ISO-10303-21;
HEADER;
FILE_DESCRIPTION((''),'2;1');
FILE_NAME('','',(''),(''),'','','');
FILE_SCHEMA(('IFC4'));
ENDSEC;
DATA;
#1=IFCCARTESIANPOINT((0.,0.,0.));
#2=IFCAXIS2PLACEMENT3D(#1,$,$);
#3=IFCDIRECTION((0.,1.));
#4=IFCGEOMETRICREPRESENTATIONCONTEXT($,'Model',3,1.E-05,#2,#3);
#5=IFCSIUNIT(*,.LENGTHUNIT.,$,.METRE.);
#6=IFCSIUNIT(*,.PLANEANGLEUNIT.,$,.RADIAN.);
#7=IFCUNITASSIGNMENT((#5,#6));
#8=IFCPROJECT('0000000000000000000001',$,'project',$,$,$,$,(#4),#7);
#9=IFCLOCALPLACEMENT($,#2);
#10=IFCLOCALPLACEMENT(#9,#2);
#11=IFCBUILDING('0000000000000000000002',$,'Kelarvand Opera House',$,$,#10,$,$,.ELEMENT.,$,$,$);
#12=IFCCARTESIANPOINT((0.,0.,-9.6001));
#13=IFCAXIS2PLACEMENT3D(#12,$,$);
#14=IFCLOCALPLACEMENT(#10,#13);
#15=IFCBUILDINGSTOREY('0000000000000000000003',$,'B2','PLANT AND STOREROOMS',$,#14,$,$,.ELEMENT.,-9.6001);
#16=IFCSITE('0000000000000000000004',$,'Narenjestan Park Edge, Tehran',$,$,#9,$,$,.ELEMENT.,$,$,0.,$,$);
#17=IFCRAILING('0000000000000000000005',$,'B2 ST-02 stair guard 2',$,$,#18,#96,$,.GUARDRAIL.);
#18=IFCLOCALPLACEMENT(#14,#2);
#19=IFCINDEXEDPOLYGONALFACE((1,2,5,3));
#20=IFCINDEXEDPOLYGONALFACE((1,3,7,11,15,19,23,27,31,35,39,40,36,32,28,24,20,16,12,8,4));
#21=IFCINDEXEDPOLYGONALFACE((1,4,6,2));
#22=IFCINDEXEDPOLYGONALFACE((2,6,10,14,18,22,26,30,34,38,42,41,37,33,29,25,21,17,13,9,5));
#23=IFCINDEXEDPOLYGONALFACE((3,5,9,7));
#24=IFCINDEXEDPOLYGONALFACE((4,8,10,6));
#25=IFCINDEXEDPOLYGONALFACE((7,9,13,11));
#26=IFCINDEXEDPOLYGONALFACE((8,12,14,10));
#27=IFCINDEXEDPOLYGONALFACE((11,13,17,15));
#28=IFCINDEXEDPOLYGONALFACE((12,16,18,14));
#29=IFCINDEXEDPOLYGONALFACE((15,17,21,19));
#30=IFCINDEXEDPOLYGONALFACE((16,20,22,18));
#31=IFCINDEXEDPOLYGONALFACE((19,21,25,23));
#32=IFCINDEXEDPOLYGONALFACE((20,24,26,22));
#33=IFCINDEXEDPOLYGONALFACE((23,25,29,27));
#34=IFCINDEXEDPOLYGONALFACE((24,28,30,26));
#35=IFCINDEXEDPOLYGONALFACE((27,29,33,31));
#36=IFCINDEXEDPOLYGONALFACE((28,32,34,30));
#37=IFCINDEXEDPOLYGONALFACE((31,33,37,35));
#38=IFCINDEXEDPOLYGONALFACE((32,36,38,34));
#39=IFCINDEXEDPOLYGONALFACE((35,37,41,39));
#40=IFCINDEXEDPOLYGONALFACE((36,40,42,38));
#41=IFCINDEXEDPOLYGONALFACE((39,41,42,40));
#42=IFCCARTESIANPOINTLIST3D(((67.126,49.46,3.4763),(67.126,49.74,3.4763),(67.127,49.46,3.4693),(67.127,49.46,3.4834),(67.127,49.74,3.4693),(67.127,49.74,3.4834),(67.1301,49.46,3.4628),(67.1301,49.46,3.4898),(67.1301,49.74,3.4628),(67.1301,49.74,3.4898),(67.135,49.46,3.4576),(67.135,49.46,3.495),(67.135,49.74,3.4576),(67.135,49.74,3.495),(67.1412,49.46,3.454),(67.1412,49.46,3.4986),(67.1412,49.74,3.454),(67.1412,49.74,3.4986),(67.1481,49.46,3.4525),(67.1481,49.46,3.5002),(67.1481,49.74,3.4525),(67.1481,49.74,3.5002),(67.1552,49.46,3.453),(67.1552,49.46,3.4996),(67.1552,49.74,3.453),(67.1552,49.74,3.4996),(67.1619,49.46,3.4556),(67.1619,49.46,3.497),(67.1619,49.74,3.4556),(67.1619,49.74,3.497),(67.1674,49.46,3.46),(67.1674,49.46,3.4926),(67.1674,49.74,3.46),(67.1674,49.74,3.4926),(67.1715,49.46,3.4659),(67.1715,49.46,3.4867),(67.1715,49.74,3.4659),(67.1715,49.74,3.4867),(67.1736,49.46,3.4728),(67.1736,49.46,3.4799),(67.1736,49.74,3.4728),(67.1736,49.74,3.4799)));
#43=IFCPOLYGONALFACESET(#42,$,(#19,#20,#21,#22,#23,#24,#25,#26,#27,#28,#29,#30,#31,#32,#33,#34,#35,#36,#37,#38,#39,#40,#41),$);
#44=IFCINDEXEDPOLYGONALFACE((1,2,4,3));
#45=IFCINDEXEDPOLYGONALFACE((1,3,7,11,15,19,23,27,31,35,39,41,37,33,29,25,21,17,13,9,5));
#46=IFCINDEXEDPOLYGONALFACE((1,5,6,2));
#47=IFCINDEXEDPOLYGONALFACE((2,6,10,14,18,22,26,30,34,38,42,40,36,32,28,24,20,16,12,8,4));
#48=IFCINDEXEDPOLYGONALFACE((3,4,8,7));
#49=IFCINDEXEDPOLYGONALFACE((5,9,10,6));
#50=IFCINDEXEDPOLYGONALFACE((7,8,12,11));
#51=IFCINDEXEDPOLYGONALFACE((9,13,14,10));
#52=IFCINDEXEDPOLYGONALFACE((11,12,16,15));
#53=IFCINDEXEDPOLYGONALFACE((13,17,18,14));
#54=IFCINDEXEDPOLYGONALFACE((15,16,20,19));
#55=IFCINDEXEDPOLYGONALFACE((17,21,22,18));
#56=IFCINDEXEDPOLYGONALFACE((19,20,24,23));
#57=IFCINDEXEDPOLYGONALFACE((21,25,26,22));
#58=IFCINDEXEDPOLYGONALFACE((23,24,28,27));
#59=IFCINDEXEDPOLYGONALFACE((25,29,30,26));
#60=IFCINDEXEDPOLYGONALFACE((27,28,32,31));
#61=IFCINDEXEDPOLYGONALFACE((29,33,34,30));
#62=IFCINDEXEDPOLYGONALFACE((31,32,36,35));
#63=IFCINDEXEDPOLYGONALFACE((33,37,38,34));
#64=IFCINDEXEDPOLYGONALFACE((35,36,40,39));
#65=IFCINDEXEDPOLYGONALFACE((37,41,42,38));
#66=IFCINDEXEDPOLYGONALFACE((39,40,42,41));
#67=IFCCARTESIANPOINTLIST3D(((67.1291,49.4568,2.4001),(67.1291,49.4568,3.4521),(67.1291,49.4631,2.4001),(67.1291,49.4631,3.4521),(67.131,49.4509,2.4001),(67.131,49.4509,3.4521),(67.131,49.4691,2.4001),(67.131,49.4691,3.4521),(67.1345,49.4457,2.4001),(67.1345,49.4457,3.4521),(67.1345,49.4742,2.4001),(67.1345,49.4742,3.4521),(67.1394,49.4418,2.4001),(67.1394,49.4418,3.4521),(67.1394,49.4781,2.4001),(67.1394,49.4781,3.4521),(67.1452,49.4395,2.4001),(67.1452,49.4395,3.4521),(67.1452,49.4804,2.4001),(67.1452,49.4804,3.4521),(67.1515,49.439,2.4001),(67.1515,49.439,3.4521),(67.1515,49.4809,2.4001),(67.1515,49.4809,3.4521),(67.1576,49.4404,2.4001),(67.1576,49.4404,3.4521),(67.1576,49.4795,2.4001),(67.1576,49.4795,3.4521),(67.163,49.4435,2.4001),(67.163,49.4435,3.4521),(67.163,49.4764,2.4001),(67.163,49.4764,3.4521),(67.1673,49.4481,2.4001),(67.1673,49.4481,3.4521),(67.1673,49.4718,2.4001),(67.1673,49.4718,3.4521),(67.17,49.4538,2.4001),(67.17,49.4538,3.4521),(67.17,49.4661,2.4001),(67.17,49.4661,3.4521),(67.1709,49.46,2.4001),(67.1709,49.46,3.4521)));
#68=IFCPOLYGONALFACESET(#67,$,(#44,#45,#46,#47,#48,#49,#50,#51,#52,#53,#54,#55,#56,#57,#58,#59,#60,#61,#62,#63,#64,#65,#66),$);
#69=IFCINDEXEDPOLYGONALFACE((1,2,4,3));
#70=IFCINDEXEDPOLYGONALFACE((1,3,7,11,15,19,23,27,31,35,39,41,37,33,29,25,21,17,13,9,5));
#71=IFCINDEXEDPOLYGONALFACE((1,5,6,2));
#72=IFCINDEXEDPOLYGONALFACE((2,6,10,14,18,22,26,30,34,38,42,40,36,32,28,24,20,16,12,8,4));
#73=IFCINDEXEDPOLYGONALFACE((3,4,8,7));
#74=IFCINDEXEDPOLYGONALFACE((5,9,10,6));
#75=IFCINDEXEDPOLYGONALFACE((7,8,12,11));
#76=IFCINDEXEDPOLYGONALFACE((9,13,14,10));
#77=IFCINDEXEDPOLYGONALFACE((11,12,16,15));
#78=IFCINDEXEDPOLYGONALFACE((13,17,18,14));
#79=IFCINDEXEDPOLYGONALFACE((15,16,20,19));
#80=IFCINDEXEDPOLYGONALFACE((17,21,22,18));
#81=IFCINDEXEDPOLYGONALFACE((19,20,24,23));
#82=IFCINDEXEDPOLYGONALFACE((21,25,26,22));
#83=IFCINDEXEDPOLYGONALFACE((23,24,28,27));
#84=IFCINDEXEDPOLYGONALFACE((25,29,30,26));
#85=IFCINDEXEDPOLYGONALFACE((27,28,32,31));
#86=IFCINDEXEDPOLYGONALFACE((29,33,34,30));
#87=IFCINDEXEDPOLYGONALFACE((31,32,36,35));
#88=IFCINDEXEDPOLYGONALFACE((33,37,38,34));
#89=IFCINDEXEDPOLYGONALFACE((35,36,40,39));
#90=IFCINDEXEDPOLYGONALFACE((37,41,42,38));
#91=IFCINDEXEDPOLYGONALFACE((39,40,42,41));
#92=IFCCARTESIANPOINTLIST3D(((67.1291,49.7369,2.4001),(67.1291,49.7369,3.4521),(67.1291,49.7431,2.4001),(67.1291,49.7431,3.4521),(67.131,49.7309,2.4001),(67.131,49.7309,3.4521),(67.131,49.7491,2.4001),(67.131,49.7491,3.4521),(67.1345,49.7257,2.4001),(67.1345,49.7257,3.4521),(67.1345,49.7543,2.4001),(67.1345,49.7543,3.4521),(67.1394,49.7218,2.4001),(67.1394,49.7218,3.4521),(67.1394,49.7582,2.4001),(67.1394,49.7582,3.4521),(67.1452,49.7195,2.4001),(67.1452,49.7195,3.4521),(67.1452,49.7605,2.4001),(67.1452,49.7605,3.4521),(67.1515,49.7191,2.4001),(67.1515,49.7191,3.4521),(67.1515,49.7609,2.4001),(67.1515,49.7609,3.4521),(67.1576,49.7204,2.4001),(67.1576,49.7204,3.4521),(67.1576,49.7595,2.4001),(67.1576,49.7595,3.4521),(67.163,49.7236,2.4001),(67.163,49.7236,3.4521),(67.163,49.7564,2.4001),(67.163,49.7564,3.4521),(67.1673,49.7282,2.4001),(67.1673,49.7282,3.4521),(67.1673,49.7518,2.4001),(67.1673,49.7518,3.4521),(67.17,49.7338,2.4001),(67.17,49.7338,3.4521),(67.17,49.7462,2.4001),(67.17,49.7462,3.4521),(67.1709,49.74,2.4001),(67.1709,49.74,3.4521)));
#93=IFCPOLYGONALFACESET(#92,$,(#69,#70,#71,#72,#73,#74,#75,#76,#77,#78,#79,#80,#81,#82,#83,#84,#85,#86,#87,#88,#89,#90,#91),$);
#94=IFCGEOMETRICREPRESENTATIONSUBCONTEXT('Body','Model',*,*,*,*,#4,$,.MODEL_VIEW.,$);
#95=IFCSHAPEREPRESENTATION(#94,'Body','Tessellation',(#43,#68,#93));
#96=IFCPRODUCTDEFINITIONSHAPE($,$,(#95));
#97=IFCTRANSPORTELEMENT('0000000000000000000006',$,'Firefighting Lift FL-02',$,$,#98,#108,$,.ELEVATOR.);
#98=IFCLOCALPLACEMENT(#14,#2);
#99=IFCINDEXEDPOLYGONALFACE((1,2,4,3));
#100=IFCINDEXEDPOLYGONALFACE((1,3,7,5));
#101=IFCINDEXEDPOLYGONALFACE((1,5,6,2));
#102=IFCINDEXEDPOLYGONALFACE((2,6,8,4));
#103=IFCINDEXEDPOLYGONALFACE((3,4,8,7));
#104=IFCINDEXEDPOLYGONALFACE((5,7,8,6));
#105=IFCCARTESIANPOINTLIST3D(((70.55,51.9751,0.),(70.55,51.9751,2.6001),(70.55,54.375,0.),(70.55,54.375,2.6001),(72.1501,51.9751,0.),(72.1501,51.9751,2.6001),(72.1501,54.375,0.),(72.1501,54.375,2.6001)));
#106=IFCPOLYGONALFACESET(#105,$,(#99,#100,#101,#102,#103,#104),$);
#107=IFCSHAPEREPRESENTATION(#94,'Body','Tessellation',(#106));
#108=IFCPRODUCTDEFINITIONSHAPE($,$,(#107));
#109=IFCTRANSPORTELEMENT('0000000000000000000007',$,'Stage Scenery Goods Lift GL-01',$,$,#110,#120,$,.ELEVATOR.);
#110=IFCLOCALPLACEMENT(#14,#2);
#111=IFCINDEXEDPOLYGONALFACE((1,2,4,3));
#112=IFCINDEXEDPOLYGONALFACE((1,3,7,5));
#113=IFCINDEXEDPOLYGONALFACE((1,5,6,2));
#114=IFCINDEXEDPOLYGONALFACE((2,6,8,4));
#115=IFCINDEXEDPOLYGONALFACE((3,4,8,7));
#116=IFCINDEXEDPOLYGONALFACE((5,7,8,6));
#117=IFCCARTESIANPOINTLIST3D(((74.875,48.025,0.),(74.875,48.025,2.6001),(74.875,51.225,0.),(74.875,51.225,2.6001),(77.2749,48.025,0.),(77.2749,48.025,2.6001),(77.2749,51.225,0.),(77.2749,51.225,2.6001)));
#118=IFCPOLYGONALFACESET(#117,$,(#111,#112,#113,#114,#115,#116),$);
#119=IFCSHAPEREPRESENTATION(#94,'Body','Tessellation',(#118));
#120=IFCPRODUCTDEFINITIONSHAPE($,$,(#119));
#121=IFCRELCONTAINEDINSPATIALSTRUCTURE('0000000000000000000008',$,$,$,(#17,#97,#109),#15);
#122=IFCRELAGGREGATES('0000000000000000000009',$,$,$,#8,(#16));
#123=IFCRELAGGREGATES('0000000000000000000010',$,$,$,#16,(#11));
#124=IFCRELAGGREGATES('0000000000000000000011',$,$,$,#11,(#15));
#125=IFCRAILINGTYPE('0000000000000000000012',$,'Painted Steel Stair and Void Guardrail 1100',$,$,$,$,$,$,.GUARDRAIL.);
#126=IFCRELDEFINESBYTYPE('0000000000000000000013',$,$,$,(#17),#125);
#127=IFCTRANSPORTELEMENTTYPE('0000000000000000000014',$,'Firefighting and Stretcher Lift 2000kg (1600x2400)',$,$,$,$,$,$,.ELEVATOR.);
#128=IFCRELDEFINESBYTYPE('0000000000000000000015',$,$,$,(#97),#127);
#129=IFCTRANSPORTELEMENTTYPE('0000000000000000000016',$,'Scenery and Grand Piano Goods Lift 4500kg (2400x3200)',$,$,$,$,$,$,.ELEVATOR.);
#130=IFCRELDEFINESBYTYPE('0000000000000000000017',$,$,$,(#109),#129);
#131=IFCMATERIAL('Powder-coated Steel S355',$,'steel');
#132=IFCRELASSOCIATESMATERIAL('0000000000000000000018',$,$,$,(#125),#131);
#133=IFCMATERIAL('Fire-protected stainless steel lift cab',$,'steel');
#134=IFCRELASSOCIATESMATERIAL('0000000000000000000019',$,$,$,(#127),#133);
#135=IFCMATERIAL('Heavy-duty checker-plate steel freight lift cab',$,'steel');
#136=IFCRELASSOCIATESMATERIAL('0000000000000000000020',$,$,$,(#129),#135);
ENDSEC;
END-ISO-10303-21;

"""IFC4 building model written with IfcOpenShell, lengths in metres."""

from ifc_helpers import new_model, si_unit, direction, frame, origin, origin_2d, place, context, subcontext, project, spatial, rectangle, circle, extrude, material, type_object, element, save


model = new_model("IFC4")

# Units and contexts
model_context = context("Model", 3, precision=1e-05, world=origin(), true_north=direction((0.0, 1.0)))
body_context = subcontext(model_context, "Body", "Model", "MODEL_VIEW")
ifc_project = project(units=[si_unit("LENGTHUNIT", "METRE"), si_unit("PLANEANGLEUNIT", "RADIAN")], contexts=[model_context])

# Site, building, storey
site_placement = place(None, origin())
site = spatial("IfcSite", under=ifc_project, at=site_placement, Name="Narenjestan Park Edge, Tehran", CompositionType="ELEMENT", RefElevation=0.0)
building_placement = place(site_placement, origin())
building = spatial("IfcBuilding", under=site, at=building_placement, Name="Kelarvand Opera House", CompositionType="ELEMENT")
storey_placement = place(building_placement, frame((0.0, 0.0, -9.6001)))
storey = spatial("IfcBuildingStorey", under=building, at=storey_placement, Name="B2", Description="PLANT AND STOREROOMS", CompositionType="ELEMENT", Elevation=-9.6001)

# Railing
ifc_material_1 = material(Name="Powder-coated Steel S355", Category="steel")
railing_type = type_object("IfcRailingType", Name="Painted Steel Stair and Void Guardrail 1100", PredefinedType="GUARDRAIL", material=ifc_material_1)
railing_placement = place(storey_placement, frame((67.1499, 49.46, 2.4001)))
element("IfcRailing", 1, at=railing_placement, inside=storey, type_object=railing_type, Name="B2 ST-02 stair guard 2", PredefinedType="GUARDRAIL", context=body_context, shape_type="SweptSolid", body=[
    extrude(circle(Radius=0.0239, at=origin_2d()), frame((0.0, 0.0, 1.0762), z_axis=(0.0, 1.0, 0.0), x_axis=(-1.0, 0.0, 0.0)), (0.0, 0.0, 1.0), 0.28),
    extrude(circle(Radius=0.021, at=origin_2d()), origin(), (0.0, 0.0, 1.0), 1.052),
    extrude(circle(Radius=0.021, at=origin_2d()), frame((0.0, 0.28, 0.0)), (0.0, 0.0, 1.0), 1.052),
])

# Transport elements
ifc_material_2 = material(Name="Fire-protected stainless steel lift cab", Category="steel")
transport_element_type_1 = type_object("IfcTransportElementType", Name="Firefighting and Stretcher Lift 2000kg (1600x2400)", PredefinedType="ELEVATOR", material=ifc_material_2)
transport_element_1_placement = place(storey_placement, frame((71.3501, 53.175, 0.0), z_axis=(0.0, 0.0, 1.0), x_axis=(1.0, 0.0, 0.0)))
element("IfcTransportElement", 2, at=transport_element_1_placement, inside=storey, type_object=transport_element_type_1, Name="Firefighting Lift FL-02", PredefinedType="ELEVATOR", context=body_context, shape_type="SweptSolid", body=[
    extrude(rectangle(XDim=1.6001, YDim=2.3999, at=origin_2d()), origin(), (0.0, 0.0, 1.0), 2.6001),
])
ifc_material_3 = material(Name="Heavy-duty checker-plate steel freight lift cab", Category="steel")
transport_element_type_2 = type_object("IfcTransportElementType", Name="Scenery and Grand Piano Goods Lift 4500kg (2400x3200)", PredefinedType="ELEVATOR", material=ifc_material_3)
transport_element_2_placement = place(storey_placement, frame((76.075, 49.625, 0.0), z_axis=(0.0, 0.0, 1.0), x_axis=(1.0, 0.0, 0.0)))
element("IfcTransportElement", 3, at=transport_element_2_placement, inside=storey, type_object=transport_element_type_2, Name="Stage Scenery Goods Lift GL-01", PredefinedType="ELEVATOR", context=body_context, shape_type="SweptSolid", body=[
    extrude(rectangle(XDim=2.3999, YDim=3.2, at=origin_2d()), origin(), (0.0, 0.0, 1.0), 2.6001),
])

save(model, "model.ifc")
